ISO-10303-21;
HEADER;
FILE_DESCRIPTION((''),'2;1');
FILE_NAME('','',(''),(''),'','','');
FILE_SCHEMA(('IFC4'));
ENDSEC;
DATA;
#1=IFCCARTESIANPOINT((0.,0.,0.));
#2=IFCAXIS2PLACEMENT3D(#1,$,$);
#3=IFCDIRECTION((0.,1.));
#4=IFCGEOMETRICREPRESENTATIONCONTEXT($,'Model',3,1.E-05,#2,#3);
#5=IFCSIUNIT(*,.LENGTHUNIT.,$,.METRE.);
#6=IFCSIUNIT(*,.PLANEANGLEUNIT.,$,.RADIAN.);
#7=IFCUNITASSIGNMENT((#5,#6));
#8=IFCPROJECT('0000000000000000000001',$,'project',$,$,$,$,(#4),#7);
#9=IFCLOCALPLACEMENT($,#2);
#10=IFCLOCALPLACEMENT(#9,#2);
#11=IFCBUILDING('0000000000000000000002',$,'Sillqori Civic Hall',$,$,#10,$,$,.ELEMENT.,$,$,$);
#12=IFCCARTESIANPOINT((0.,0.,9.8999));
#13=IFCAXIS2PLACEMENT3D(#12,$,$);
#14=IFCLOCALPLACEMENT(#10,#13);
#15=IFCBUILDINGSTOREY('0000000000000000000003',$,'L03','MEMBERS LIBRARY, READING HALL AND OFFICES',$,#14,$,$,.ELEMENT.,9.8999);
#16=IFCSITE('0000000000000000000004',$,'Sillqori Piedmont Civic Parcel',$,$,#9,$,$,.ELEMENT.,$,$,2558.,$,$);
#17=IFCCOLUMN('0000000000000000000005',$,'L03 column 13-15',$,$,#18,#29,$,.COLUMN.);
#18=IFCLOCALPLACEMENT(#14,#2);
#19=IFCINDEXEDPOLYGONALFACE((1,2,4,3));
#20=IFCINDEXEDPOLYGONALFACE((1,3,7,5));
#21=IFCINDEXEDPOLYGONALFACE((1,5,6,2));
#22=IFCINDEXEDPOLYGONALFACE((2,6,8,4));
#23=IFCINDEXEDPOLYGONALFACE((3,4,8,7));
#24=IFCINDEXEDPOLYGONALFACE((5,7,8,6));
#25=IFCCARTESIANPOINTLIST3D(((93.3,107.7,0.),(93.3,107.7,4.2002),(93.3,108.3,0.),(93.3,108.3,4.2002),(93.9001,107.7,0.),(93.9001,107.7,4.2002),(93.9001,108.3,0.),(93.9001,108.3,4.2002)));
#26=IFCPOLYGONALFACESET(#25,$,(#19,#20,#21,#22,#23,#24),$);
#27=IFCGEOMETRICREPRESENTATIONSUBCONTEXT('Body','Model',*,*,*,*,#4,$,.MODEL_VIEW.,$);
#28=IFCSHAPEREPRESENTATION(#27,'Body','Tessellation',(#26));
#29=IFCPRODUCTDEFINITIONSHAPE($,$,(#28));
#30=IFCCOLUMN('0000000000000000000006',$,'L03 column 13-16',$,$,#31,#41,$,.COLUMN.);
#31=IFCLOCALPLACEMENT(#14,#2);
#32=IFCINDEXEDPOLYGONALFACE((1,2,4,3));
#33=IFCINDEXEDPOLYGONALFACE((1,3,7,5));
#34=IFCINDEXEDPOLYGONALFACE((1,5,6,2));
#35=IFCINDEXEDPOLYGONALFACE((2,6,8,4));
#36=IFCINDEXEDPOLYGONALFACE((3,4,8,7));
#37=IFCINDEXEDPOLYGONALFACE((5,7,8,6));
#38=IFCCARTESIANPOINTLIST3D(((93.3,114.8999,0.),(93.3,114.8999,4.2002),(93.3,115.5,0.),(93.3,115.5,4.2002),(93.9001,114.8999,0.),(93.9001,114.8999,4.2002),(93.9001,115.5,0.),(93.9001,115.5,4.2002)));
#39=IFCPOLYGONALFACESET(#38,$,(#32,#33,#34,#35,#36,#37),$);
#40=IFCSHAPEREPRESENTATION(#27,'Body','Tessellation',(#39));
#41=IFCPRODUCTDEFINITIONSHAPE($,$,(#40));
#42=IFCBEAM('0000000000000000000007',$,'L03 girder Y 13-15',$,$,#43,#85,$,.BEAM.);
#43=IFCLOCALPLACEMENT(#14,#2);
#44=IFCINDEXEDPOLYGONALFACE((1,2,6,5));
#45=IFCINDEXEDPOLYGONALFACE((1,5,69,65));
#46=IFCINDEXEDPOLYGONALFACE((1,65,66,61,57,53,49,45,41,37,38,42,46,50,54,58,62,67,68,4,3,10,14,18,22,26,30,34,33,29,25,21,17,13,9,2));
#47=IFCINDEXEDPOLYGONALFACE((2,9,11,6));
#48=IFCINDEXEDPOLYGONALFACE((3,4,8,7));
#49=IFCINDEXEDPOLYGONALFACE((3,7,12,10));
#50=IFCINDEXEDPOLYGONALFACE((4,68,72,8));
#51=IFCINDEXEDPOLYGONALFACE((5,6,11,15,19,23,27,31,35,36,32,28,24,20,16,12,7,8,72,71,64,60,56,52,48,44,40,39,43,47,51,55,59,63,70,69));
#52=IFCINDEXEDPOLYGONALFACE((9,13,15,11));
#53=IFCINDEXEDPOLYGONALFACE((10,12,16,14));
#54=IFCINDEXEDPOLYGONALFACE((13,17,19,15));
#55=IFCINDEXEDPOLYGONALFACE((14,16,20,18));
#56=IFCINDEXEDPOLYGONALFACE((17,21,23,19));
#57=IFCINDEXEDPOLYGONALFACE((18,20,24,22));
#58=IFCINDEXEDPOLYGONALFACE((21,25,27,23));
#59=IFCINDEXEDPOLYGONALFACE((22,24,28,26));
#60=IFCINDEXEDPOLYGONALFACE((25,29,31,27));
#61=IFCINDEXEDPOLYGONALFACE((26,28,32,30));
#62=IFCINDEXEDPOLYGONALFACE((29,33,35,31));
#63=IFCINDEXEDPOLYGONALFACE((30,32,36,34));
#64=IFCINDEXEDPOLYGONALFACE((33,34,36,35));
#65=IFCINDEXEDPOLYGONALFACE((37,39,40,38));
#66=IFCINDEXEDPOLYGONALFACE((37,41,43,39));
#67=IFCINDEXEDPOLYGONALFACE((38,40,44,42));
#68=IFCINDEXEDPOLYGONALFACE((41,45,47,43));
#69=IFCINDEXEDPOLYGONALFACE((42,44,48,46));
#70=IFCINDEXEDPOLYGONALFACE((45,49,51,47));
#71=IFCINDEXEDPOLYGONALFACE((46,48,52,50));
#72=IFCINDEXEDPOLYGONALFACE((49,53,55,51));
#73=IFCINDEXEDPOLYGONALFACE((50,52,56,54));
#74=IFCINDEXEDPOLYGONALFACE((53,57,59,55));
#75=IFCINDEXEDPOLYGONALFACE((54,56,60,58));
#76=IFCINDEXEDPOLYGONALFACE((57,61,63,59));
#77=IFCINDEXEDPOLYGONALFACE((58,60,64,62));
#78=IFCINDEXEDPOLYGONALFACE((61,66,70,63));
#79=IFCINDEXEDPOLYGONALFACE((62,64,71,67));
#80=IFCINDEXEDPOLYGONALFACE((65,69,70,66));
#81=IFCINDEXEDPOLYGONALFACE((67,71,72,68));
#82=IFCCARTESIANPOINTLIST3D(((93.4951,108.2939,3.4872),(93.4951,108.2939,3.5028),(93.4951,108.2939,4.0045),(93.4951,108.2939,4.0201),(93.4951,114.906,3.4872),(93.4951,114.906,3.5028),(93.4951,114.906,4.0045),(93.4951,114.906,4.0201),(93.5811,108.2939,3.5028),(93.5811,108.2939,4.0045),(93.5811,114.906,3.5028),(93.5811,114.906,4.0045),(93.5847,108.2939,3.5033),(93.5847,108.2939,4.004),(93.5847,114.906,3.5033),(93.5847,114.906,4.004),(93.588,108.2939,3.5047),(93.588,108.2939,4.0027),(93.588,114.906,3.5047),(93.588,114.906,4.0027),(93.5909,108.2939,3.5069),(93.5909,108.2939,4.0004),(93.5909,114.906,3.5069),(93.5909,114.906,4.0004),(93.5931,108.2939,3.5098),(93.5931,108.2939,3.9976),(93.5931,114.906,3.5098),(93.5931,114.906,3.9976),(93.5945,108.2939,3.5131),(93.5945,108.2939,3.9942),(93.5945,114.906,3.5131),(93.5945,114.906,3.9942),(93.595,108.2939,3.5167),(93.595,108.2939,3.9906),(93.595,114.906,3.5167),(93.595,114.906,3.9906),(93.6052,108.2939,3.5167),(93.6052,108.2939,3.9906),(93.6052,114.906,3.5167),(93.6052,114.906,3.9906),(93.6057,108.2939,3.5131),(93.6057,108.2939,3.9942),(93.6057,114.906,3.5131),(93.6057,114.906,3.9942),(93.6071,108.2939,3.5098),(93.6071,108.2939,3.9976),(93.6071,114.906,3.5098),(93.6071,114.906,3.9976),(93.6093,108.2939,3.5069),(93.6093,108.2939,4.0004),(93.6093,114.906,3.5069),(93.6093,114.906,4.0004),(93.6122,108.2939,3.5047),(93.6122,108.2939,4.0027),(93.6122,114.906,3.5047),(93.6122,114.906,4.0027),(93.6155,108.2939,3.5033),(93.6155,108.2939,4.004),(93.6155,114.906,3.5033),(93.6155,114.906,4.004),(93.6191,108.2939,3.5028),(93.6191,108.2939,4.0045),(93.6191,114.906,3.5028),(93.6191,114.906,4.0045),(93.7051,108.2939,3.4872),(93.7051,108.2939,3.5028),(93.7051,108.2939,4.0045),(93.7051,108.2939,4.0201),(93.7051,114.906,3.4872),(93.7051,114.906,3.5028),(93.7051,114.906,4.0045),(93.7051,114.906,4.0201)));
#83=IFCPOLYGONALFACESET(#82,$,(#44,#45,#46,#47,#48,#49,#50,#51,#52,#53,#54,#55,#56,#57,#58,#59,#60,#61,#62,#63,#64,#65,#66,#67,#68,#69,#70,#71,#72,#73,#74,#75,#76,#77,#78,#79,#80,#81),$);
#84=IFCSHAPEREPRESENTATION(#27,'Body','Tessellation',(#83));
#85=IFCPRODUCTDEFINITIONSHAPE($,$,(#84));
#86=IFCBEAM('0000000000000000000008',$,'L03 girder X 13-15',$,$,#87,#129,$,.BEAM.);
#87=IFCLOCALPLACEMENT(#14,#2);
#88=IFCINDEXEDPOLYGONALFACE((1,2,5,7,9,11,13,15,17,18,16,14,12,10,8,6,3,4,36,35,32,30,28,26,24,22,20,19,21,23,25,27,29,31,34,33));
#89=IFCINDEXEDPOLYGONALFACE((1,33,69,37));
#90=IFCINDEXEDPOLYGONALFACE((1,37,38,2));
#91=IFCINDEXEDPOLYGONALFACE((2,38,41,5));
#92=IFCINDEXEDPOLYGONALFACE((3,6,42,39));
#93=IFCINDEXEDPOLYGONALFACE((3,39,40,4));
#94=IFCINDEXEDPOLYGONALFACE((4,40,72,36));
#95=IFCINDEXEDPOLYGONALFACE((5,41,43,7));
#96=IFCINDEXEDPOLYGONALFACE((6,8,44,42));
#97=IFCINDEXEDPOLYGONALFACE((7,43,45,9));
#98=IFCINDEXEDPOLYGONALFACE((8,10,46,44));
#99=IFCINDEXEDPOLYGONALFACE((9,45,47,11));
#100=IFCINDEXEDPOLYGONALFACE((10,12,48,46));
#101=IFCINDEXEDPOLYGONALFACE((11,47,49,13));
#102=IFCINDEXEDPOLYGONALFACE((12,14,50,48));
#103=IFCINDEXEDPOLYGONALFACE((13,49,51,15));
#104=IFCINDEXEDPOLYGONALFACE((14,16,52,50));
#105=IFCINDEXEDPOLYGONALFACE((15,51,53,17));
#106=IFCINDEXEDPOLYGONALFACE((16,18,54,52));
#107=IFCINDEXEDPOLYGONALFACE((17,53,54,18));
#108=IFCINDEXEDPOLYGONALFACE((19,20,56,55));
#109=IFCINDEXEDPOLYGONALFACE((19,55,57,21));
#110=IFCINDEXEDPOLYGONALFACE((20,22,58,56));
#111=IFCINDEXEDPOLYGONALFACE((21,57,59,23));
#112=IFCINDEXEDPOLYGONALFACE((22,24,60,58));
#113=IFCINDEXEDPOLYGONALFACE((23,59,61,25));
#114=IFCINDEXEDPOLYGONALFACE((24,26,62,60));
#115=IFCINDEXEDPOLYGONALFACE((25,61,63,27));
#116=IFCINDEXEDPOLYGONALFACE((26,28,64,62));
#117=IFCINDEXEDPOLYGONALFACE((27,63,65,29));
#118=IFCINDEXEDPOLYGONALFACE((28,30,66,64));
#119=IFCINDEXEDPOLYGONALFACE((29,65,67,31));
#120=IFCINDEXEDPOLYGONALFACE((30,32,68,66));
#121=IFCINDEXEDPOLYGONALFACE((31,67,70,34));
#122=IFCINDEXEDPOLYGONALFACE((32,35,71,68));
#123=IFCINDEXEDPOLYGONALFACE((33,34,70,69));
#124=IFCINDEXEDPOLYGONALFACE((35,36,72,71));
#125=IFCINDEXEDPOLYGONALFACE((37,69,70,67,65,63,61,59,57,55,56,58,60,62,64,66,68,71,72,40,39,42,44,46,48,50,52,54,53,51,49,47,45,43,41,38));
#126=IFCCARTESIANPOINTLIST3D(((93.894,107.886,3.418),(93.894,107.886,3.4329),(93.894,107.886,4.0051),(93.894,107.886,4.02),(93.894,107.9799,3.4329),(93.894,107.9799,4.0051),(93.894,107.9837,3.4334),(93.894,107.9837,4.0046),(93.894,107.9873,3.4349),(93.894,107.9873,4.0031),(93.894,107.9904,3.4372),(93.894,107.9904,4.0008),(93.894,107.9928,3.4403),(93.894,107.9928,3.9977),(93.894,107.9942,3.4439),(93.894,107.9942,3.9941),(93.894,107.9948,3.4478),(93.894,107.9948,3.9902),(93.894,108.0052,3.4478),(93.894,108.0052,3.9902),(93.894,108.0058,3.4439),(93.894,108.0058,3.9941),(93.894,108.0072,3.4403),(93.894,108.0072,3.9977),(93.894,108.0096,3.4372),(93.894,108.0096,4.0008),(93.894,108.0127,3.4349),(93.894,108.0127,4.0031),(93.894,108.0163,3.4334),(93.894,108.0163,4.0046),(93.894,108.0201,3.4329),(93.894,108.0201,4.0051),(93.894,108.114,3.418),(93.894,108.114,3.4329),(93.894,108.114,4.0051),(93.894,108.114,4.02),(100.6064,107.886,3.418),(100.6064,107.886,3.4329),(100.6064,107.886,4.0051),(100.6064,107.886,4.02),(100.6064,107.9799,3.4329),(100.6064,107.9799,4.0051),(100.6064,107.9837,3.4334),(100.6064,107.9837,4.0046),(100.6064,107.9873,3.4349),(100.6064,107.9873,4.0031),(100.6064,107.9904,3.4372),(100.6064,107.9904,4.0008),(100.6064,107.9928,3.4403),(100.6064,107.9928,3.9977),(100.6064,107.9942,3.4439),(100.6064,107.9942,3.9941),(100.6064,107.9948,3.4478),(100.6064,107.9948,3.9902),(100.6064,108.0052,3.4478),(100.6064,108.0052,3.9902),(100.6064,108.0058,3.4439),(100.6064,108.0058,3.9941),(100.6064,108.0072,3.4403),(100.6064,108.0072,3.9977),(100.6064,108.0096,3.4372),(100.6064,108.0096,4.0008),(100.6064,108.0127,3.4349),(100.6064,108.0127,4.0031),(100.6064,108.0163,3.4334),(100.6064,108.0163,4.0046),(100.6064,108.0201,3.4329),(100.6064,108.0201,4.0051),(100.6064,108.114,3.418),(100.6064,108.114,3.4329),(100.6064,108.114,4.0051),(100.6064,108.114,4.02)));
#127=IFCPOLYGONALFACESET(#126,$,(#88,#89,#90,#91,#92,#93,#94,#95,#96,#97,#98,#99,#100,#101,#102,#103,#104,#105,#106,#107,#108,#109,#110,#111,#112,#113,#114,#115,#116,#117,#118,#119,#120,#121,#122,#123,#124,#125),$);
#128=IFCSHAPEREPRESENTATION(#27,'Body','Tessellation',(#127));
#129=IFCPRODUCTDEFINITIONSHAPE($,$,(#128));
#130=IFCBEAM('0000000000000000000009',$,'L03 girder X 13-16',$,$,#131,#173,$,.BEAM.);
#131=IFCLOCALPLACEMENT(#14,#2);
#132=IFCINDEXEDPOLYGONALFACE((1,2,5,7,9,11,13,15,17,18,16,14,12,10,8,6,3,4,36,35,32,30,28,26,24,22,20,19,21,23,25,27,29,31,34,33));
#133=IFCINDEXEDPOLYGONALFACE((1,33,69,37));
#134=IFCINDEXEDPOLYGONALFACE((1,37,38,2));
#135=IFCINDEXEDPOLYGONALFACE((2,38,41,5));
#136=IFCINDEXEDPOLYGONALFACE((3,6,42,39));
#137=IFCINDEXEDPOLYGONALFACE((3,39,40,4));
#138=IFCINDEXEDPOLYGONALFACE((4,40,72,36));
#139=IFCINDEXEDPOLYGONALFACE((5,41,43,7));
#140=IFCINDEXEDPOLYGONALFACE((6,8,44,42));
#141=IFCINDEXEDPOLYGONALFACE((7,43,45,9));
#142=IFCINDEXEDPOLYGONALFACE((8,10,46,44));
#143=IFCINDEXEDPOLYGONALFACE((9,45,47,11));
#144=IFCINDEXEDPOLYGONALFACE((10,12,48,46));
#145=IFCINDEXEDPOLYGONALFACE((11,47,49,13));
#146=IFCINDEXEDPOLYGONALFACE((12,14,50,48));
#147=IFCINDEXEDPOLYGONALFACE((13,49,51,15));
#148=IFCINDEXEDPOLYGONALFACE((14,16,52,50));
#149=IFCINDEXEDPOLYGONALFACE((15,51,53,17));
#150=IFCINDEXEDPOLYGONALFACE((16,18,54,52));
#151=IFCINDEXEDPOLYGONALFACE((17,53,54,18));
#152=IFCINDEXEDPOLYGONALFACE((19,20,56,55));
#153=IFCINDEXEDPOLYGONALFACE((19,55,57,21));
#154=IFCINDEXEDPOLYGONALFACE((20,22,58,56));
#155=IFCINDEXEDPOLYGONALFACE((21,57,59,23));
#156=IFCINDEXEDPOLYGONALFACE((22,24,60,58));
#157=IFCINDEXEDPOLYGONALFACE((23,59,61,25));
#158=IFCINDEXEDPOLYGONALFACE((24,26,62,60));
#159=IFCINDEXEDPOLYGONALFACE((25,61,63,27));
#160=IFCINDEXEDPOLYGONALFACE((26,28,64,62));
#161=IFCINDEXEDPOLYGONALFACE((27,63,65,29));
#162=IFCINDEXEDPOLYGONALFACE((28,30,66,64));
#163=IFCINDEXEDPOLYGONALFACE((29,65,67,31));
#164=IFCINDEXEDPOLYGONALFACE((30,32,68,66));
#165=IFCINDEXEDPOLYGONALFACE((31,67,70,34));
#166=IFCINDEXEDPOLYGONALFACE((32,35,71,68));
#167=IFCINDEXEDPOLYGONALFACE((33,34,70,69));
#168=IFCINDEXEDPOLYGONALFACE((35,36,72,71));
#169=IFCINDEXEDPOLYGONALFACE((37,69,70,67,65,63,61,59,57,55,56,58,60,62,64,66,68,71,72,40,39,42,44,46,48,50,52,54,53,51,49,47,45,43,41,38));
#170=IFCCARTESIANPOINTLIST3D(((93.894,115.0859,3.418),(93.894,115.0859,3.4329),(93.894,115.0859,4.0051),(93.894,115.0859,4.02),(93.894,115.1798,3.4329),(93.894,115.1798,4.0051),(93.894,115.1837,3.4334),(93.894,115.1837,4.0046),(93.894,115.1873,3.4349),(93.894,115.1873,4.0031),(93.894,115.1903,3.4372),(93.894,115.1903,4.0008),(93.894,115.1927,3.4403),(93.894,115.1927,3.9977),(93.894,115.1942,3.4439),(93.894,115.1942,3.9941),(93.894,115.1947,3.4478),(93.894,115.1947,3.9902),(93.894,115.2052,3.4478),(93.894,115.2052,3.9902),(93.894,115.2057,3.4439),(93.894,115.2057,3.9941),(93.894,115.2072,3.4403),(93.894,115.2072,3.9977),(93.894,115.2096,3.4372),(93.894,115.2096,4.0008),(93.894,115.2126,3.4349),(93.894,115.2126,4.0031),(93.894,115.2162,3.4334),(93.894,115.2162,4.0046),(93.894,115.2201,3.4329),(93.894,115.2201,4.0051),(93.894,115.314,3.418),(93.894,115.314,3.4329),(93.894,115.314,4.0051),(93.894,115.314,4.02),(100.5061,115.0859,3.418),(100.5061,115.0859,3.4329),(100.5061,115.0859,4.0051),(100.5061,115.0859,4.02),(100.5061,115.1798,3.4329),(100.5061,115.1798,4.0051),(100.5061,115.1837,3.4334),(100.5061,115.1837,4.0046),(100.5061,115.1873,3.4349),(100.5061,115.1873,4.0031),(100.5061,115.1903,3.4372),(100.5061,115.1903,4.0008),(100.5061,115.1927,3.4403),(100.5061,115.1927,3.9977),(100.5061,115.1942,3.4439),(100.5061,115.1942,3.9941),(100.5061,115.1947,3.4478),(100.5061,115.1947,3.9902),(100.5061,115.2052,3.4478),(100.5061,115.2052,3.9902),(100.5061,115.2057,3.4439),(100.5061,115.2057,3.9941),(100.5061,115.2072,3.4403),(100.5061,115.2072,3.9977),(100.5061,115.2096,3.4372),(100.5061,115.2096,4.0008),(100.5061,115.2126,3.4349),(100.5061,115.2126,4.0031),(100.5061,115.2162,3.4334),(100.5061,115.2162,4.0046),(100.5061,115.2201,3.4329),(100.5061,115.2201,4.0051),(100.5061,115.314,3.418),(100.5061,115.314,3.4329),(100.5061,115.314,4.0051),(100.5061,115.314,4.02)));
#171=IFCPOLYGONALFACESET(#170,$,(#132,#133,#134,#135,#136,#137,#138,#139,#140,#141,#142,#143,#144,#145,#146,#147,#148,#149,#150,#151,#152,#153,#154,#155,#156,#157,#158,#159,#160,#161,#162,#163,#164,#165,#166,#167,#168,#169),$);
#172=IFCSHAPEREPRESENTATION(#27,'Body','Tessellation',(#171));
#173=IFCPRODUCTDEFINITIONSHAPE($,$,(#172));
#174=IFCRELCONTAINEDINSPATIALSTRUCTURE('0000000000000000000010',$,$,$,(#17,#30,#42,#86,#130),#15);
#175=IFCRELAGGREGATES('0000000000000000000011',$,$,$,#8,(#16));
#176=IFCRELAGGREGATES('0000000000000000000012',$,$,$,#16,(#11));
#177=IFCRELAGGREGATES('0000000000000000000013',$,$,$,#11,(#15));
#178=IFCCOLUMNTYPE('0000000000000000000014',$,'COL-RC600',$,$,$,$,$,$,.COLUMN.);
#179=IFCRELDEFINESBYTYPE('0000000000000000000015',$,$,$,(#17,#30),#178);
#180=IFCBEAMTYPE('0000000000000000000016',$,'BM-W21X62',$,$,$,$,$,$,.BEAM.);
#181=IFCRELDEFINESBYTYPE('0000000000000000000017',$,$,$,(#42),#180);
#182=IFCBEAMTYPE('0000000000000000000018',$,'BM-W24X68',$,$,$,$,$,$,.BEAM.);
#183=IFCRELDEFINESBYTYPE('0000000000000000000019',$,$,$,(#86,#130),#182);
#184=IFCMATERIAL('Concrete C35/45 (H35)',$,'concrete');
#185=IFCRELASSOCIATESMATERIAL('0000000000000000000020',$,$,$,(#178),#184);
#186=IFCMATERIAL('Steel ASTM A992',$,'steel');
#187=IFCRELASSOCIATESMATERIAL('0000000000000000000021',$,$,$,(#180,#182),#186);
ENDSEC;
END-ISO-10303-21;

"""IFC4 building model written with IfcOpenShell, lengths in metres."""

from ifc_helpers import new_model, si_unit, direction, frame, origin, origin_2d, place, context, subcontext, project, spatial, rectangle, i_section, extrude, material, material_profile, profile_set, type_object, element, save


model = new_model("IFC4")

# Units and contexts
model_context = context("Model", 3, precision=1e-05, world=origin(), true_north=direction((0.0, 1.0)))
body_context = subcontext(model_context, "Body", "Model", "MODEL_VIEW")
ifc_project = project(units=[si_unit("LENGTHUNIT", "METRE"), si_unit("PLANEANGLEUNIT", "RADIAN")], contexts=[model_context])

# Site, building, storey
site_placement = place(None, origin())
site = spatial("IfcSite", under=ifc_project, at=site_placement, Name="Sillqori Piedmont Civic Parcel", CompositionType="ELEMENT", RefElevation=2558.0)
building_placement = place(site_placement, origin())
building = spatial("IfcBuilding", under=site, at=building_placement, Name="Sillqori Civic Hall", CompositionType="ELEMENT")
storey_placement = place(building_placement, frame((0.0, 0.0, 9.8999)))
storey = spatial("IfcBuildingStorey", under=building, at=storey_placement, Name="L03", Description="MEMBERS LIBRARY, READING HALL AND OFFICES", CompositionType="ELEMENT", Elevation=9.8999)

# Columns
ifc_material_1 = material(Name="Concrete C35/45 (H35)", Category="concrete")
ifc_material_profile_1 = material_profile(ifc_material_1, rectangle(XDim=0.6001, YDim=0.6001, at=origin_2d()), Name="RC 600x600")
ifc_profile_set_1 = profile_set([ifc_material_profile_1], Name="Concrete C35/45 (H35)")
column_type = type_object("IfcColumnType", Name="COL-RC600", PredefinedType="COLUMN", material=ifc_profile_set_1)
for number, where, z_axis, x_axis, name in (
    (1, (93.6001, 108.0, 0.0), (0.0, 0.0, 1.0), (1.0, 0.0, 0.0), "L03 column 13-15"),
    (2, (93.6001, 115.2, 0.0), (0.0, 0.0, 1.0), (1.0, 0.0, 0.0), "L03 column 13-16"),
):
    element("IfcColumn", number, at=place(storey_placement, frame(where, z_axis=z_axis, x_axis=x_axis)), inside=storey, type_object=column_type, Name=name, PredefinedType="COLUMN", context=body_context, shape_type="SweptSolid", body=[
        extrude(rectangle(XDim=0.6001, YDim=0.6001, at=origin_2d()), origin(), (0.0, 0.0, 1.0), 4.2002),
    ])

# Beams
ifc_material_2 = material(Name="Steel ASTM A992", Category="steel")
ifc_material_profile_2 = material_profile(ifc_material_2, i_section(OverallWidth=0.21, OverallDepth=0.533, WebThickness=0.0103, FlangeThickness=0.0156, FilletRadius=0.0139, at=origin_2d()), Name="W21X62")
ifc_profile_set_2 = profile_set([ifc_material_profile_2], Name="Steel ASTM A992")
beam_type_1 = type_object("IfcBeamType", Name="BM-W21X62", PredefinedType="BEAM", material=ifc_profile_set_2)
beam_1_placement = place(storey_placement, frame((93.6001, 108.2939, 3.7537), z_axis=(0.0, 1.0, 0.0), x_axis=(-1.0, 0.0, 0.0)))
element("IfcBeam", 3, at=beam_1_placement, inside=storey, type_object=beam_type_1, Name="L03 girder Y 13-15", PredefinedType="BEAM", context=body_context, shape_type="SweptSolid", body=[
    extrude(i_section(OverallWidth=0.21, OverallDepth=0.533, WebThickness=0.0103, FlangeThickness=0.0156, FilletRadius=0.0139, at=origin_2d()), origin(), (0.0, 0.0, 1.0), 6.6121),
])
ifc_material_profile_3 = material_profile(ifc_material_2, i_section(OverallWidth=0.228, OverallDepth=0.6021, WebThickness=0.0105, FlangeThickness=0.0149, FilletRadius=0.0149, at=origin_2d()), Name="W24X68")
ifc_profile_set_3 = profile_set([ifc_material_profile_3], Name="Steel ASTM A992")
beam_type_2 = type_object("IfcBeamType", Name="BM-W24X68", PredefinedType="BEAM", material=ifc_profile_set_3)
beam_2_placement = place(storey_placement, frame((93.894, 108.0, 3.719), z_axis=(1.0, 0.0, 0.0), x_axis=(0.0, 1.0, 0.0)))
element("IfcBeam", 4, at=beam_2_placement, inside=storey, type_object=beam_type_2, Name="L03 girder X 13-15", PredefinedType="BEAM", context=body_context, shape_type="SweptSolid", body=[
    extrude(i_section(OverallWidth=0.228, OverallDepth=0.6021, WebThickness=0.0105, FlangeThickness=0.0149, FilletRadius=0.0149, at=origin_2d()), origin(), (0.0, 0.0, 1.0), 6.7124),
])
beam_3_placement = place(storey_placement, frame((93.894, 115.2, 3.719), z_axis=(1.0, 0.0, 0.0), x_axis=(0.0, 1.0, 0.0)))
element("IfcBeam", 5, at=beam_3_placement, inside=storey, type_object=beam_type_2, Name="L03 girder X 13-16", PredefinedType="BEAM", context=body_context, shape_type="SweptSolid", body=[
    extrude(i_section(OverallWidth=0.228, OverallDepth=0.6021, WebThickness=0.0105, FlangeThickness=0.0149, FilletRadius=0.0149, at=origin_2d()), origin(), (0.0, 0.0, 1.0), 6.6121),
])

save(model, "model.ifc")
